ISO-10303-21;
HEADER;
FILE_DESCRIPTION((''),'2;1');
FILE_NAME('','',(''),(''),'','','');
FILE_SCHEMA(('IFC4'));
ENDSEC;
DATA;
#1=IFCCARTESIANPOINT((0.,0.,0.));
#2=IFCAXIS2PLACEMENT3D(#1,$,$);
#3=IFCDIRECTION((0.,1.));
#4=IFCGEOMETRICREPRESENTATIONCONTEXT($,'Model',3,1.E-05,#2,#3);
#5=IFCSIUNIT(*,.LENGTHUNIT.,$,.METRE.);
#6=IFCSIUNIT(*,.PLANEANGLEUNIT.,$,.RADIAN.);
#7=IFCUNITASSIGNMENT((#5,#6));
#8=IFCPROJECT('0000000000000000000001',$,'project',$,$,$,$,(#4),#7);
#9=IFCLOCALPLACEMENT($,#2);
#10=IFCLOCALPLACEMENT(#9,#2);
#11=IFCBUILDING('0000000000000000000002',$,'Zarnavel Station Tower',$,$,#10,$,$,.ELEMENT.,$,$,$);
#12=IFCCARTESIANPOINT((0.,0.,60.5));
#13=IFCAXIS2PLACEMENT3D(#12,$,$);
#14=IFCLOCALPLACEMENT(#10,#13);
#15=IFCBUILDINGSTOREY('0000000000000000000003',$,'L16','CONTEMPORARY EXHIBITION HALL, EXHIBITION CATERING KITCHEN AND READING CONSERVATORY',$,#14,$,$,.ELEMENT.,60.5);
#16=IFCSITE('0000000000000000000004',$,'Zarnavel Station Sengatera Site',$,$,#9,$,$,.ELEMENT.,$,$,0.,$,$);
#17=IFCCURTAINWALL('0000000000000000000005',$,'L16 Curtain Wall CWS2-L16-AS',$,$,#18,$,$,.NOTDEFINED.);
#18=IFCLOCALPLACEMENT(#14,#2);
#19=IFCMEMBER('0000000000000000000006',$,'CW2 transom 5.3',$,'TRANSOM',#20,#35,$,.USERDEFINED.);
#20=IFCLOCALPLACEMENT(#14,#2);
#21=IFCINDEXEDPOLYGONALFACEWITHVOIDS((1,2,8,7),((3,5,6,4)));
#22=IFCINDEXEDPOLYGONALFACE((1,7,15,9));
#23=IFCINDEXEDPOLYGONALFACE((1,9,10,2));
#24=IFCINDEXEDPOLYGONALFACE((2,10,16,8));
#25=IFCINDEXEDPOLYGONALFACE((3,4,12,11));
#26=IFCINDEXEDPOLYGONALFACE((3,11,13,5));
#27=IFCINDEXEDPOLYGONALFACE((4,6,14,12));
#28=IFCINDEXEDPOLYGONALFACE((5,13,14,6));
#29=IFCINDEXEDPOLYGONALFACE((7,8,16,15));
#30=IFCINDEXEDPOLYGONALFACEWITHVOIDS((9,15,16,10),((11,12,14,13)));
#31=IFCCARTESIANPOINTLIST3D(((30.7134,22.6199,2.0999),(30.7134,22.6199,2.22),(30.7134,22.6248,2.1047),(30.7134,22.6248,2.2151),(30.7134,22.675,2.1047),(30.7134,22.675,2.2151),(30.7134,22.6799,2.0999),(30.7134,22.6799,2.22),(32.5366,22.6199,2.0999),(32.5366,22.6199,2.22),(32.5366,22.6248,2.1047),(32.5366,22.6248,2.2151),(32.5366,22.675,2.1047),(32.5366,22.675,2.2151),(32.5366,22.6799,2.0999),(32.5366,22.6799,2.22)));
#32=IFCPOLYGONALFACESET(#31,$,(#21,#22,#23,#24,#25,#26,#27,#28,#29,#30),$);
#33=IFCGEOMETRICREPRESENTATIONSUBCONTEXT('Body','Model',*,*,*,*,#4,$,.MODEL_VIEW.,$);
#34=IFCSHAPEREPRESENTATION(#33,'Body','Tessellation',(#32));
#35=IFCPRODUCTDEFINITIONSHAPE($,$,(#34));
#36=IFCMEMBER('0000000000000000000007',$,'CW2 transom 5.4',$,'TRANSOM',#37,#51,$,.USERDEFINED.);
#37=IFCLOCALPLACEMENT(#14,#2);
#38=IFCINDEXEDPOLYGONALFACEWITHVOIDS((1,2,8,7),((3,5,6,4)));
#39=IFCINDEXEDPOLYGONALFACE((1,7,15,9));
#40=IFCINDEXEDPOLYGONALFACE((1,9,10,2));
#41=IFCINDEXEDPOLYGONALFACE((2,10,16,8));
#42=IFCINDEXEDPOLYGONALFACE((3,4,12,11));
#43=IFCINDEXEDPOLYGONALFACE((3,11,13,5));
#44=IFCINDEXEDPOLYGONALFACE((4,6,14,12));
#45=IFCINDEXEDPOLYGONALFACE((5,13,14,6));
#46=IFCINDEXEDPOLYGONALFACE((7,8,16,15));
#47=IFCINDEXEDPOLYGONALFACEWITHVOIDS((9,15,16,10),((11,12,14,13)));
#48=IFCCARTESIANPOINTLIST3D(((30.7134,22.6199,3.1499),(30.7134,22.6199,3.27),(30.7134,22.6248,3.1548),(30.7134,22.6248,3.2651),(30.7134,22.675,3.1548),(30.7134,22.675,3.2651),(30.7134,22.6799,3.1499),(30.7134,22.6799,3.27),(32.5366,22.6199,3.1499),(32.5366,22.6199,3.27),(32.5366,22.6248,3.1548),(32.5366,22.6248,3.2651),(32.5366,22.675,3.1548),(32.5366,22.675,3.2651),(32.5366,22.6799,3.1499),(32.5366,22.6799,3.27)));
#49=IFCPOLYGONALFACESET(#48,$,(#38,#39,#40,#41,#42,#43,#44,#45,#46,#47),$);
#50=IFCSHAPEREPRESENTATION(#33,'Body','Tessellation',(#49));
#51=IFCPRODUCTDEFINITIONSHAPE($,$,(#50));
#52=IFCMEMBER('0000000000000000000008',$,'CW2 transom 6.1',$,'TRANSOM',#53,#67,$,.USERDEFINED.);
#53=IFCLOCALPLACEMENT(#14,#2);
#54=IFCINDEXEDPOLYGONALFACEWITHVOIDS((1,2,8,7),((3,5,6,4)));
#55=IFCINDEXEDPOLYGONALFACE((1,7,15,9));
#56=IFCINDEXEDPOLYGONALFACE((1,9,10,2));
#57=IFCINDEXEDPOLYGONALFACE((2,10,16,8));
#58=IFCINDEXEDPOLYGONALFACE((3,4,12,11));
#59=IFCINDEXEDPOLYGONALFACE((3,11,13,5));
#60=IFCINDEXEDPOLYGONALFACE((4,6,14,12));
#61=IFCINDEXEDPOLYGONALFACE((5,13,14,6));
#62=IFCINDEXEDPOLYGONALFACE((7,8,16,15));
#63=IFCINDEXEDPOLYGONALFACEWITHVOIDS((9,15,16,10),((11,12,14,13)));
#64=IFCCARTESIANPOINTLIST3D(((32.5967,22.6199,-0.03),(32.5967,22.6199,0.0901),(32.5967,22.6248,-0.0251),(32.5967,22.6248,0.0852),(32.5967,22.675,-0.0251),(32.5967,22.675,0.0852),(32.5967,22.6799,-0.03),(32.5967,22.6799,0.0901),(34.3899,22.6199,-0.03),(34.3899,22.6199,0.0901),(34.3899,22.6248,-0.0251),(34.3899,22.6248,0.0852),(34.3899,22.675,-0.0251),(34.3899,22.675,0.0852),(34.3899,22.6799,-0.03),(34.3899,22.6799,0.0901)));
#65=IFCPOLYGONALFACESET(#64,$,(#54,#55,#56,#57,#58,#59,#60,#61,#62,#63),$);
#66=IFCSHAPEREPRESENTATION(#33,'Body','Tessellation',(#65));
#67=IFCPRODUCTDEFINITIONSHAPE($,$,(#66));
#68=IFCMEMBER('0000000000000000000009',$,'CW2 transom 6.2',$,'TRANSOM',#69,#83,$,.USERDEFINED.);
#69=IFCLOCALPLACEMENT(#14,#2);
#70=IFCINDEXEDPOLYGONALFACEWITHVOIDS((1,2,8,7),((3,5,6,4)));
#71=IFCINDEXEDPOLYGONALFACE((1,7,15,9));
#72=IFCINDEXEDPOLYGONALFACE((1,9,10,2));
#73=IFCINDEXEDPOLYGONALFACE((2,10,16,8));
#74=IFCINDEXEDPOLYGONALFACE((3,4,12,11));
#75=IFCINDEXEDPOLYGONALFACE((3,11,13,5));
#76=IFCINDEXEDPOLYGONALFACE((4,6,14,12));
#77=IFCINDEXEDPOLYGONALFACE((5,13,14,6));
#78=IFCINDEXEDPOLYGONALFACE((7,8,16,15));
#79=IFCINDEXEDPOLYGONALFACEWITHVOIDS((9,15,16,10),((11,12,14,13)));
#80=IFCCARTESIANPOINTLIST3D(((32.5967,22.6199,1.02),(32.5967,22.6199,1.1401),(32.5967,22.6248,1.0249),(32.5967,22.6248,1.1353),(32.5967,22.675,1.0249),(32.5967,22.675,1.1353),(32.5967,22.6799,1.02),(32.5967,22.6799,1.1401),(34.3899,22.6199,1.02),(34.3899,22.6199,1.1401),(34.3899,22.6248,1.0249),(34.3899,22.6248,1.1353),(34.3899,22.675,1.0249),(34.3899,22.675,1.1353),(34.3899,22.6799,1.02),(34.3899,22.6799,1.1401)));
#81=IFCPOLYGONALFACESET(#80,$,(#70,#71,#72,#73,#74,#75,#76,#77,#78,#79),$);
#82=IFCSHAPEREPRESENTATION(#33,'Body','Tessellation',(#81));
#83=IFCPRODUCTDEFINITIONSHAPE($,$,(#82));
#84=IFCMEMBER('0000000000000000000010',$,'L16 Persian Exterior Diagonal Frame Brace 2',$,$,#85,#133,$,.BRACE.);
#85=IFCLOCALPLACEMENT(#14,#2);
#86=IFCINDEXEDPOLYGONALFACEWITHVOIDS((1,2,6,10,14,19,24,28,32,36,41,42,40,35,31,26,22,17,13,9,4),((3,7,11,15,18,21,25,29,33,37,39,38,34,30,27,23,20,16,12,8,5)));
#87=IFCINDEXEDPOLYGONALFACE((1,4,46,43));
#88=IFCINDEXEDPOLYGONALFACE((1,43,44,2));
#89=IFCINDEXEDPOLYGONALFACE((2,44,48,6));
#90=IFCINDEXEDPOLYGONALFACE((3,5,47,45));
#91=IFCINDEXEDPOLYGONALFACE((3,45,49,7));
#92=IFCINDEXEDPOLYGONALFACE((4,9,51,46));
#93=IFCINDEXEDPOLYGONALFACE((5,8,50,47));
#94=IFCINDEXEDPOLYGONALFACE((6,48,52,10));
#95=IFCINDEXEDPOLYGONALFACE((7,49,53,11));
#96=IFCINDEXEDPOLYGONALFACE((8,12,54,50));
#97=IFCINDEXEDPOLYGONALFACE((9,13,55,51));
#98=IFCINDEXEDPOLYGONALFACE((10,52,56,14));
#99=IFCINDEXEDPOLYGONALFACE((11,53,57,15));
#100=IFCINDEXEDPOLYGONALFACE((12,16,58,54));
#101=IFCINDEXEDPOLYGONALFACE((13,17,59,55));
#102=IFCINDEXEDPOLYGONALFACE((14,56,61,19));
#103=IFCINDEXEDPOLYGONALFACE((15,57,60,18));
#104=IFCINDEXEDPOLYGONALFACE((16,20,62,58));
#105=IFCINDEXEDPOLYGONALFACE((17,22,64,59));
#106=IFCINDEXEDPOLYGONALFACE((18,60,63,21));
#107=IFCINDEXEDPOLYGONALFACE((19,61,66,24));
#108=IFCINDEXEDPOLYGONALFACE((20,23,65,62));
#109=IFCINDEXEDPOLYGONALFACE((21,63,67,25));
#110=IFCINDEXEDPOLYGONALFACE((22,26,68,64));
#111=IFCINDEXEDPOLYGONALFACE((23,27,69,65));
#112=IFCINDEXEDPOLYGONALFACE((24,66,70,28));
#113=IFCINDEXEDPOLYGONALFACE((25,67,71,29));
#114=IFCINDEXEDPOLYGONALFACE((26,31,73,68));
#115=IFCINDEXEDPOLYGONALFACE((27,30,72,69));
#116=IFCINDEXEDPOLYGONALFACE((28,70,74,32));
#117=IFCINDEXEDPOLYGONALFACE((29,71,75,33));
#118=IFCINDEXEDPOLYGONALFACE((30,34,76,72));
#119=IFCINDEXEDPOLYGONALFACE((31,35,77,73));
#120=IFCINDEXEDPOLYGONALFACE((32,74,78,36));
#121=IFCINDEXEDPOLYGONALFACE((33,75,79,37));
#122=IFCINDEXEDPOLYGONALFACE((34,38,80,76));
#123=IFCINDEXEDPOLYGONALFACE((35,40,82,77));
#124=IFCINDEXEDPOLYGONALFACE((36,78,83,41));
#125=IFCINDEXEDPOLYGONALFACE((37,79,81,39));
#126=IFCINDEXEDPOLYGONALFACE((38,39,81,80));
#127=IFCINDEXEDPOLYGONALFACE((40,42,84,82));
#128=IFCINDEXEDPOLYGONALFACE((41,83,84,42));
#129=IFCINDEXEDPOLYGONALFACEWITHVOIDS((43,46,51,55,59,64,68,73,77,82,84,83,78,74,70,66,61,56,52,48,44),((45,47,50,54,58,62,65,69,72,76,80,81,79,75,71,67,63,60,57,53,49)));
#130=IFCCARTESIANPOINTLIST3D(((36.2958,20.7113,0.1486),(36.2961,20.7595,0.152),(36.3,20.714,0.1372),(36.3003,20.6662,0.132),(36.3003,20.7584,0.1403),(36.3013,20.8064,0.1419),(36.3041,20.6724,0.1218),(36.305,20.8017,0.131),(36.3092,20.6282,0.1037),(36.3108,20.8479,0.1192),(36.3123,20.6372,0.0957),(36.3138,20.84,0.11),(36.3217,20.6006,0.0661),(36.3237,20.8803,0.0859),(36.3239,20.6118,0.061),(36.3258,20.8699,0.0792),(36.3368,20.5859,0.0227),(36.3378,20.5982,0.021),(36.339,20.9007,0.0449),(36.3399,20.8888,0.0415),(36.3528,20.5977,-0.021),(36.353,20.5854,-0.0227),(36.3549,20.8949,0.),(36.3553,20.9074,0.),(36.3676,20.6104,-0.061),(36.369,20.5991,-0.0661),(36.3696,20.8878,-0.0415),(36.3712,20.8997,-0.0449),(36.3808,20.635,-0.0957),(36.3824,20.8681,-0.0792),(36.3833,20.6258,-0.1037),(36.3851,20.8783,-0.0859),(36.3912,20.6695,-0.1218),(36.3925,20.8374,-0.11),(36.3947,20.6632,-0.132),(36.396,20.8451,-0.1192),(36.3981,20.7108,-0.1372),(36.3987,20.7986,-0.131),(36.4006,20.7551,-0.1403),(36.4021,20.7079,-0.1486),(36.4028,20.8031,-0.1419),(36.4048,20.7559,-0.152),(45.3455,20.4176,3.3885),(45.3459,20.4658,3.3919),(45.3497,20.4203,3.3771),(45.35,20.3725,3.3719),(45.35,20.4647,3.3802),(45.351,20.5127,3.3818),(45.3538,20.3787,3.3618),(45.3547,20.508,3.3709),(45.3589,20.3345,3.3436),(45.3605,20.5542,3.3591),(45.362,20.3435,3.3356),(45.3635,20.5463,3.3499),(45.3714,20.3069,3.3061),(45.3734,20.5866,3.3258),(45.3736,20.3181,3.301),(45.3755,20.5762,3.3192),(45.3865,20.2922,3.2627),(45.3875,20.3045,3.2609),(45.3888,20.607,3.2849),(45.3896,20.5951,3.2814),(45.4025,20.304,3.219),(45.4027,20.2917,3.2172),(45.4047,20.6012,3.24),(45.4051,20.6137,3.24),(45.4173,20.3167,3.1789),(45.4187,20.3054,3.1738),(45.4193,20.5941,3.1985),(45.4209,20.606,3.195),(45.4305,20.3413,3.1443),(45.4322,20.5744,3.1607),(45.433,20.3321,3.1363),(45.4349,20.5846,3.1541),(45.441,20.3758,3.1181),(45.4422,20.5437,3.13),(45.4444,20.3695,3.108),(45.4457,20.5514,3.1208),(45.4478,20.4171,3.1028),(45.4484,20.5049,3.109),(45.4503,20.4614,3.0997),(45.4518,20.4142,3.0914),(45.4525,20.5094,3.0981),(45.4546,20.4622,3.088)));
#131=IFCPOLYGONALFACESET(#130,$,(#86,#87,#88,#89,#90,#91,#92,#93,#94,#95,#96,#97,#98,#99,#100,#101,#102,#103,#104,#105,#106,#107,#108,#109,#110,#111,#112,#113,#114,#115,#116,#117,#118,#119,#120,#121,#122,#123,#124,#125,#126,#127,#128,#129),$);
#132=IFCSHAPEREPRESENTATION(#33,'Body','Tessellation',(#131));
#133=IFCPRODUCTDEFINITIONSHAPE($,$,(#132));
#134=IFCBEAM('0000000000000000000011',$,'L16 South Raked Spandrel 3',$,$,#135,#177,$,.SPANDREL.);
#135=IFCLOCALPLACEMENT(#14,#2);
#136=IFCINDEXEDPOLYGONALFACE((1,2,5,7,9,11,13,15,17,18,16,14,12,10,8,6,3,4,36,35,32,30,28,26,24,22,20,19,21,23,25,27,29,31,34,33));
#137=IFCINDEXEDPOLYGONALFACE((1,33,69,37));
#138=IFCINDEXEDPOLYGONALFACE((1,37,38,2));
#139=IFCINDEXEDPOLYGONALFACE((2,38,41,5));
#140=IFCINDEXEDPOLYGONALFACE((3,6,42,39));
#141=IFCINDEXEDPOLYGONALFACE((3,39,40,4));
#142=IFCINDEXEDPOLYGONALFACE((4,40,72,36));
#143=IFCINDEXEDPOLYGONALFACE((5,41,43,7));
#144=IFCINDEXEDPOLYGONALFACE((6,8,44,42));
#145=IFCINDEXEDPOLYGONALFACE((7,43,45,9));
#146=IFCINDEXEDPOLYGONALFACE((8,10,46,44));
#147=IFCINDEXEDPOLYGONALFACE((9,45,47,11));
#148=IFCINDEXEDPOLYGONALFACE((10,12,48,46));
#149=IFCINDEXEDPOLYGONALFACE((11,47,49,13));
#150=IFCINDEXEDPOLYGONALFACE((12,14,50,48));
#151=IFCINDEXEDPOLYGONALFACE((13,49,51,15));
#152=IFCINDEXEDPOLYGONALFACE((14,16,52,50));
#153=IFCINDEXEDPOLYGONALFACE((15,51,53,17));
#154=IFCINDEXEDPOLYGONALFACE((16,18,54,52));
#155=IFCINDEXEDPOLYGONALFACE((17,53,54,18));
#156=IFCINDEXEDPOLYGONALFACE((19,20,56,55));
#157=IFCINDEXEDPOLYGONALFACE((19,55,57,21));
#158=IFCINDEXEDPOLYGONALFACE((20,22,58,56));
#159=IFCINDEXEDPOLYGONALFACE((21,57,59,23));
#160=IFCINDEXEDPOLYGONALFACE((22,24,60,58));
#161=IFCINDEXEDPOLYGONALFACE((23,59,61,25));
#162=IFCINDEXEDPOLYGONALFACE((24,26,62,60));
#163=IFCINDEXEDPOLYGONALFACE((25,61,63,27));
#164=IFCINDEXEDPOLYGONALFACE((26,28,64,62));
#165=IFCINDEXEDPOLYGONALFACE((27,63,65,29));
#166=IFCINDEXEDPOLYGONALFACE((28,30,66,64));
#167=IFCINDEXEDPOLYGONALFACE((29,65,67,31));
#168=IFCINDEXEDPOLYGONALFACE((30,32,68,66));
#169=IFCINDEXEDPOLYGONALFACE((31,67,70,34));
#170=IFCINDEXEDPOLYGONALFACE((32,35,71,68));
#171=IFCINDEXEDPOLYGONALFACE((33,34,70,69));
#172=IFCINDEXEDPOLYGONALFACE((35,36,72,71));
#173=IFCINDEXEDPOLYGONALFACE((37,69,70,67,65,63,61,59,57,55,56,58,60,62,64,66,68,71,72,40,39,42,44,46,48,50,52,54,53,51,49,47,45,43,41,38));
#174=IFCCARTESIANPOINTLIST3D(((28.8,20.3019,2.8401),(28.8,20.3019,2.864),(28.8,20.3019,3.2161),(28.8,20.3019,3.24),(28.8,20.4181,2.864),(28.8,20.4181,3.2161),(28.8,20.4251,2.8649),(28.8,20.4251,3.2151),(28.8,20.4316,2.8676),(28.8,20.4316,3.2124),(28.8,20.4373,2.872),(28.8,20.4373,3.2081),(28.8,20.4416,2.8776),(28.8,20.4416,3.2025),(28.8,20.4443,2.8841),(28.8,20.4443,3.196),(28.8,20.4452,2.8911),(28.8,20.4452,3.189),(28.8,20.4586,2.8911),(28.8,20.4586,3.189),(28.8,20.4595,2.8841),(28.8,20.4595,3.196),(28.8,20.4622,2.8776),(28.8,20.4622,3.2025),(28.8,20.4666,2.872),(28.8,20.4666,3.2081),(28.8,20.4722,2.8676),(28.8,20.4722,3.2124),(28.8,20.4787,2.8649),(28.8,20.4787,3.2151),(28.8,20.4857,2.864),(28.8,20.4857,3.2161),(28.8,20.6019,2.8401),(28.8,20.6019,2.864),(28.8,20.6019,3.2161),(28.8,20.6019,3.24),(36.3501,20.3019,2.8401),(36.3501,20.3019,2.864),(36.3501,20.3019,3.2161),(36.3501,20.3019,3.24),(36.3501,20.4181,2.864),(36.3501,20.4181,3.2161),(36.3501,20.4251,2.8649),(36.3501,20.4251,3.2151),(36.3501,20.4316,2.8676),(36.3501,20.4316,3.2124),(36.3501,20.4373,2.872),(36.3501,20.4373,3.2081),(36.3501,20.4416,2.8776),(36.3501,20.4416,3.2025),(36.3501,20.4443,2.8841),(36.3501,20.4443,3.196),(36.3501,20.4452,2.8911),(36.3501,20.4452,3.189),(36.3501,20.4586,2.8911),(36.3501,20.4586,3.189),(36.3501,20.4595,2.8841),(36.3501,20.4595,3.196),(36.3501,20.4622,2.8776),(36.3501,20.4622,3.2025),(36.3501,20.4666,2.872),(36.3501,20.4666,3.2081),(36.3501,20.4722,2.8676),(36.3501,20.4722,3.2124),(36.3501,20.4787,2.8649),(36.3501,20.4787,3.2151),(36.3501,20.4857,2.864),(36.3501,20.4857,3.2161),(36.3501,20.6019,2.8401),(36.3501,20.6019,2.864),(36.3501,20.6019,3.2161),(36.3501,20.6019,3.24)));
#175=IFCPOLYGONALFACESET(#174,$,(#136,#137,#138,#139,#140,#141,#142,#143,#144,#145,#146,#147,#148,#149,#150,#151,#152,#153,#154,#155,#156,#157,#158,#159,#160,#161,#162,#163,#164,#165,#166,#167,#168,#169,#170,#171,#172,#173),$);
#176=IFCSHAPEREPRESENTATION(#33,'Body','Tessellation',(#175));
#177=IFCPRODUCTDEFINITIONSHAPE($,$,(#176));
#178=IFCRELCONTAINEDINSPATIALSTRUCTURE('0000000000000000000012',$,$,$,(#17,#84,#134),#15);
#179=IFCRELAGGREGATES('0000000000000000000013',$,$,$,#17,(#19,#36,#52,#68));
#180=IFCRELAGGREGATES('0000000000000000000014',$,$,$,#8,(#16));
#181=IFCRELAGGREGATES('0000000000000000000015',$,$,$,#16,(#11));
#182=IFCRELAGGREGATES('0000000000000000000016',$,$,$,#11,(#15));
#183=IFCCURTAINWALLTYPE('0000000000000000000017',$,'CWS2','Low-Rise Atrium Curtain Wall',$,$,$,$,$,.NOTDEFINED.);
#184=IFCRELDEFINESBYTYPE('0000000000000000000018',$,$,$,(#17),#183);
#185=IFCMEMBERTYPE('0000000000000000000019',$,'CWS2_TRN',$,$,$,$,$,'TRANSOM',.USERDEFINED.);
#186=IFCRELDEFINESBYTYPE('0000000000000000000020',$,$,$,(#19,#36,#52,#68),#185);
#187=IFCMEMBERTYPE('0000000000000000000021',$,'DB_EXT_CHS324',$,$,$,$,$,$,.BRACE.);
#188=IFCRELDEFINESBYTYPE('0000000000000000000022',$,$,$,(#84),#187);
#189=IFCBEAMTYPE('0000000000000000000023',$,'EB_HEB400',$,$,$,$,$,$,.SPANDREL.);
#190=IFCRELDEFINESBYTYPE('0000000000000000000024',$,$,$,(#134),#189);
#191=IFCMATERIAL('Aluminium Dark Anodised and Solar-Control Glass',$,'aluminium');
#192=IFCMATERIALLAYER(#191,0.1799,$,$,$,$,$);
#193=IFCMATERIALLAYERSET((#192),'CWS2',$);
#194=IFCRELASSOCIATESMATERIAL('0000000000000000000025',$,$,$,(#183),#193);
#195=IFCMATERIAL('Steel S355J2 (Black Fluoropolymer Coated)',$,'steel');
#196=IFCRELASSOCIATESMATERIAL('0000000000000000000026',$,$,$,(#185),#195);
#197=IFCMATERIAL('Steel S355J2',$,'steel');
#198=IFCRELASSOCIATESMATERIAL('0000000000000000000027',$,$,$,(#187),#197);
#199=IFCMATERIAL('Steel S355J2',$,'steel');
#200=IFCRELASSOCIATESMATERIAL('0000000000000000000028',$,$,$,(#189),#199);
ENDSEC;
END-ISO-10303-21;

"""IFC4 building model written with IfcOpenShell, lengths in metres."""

from ifc_helpers import new_model, si_unit, direction, frame, origin, origin_2d, place, context, subcontext, project, spatial, hollow_rectangle, hollow_circle, i_section, extrude, material, layer, layer_set, material_profile, profile_set, type_object, element, aggregate, save


model = new_model("IFC4")

# Units and contexts
model_context = context("Model", 3, precision=1e-05, world=origin(), true_north=direction((0.0, 1.0)))
body_context = subcontext(model_context, "Body", "Model", "MODEL_VIEW")
ifc_project = project(units=[si_unit("LENGTHUNIT", "METRE"), si_unit("PLANEANGLEUNIT", "RADIAN")], contexts=[model_context])

# Site, building, storey
site_placement = place(None, origin())
site = spatial("IfcSite", under=ifc_project, at=site_placement, Name="Zarnavel Station Sengatera Site", CompositionType="ELEMENT", RefElevation=0.0)
building_placement = place(site_placement, origin())
building = spatial("IfcBuilding", under=site, at=building_placement, Name="Zarnavel Station Tower", CompositionType="ELEMENT")
storey_placement = place(building_placement, frame((0.0, 0.0, 60.5)))
storey = spatial("IfcBuildingStorey", under=building, at=storey_placement, Name="L16", Description="CONTEMPORARY EXHIBITION HALL, EXHIBITION CATERING KITCHEN AND READING CONSERVATORY", CompositionType="ELEMENT", Elevation=60.5)

# Curtain wall, members
ifc_material_1 = material(Name="Aluminium Dark Anodised and Solar-Control Glass", Category="aluminium")
ifc_layer_1 = layer(ifc_material_1, 0.1799)
ifc_layer_set_1 = layer_set([ifc_layer_1], Name="CWS2")
curtain_wall_type = type_object("IfcCurtainWallType", Name="CWS2", Description="Low-Rise Atrium Curtain Wall", PredefinedType="NOTDEFINED", material=ifc_layer_set_1)
curtain_wall_placement = place(storey_placement, origin())
curtain_wall = element("IfcCurtainWall", 1, at=curtain_wall_placement, inside=storey, type_object=curtain_wall_type, Name="L16 Curtain Wall CWS2-L16-AS", PredefinedType="NOTDEFINED")
ifc_material_2 = material(Name="Steel S355J2 (Black Fluoropolymer Coated)", Category="steel")
ifc_material_profile_1 = material_profile(ifc_material_2, hollow_rectangle(XDim=0.0601, YDim=0.1201, WallThickness=0.0049, at=origin_2d()), Name="RHS120x60x5")
ifc_profile_set_1 = profile_set([ifc_material_profile_1], Name="Steel S355J2 (Black Fluoropolymer Coated)")
member_type_1 = type_object("IfcMemberType", Name="CWS2_TRN", ElementType="TRANSOM", PredefinedType="USERDEFINED", material=ifc_profile_set_1)
member_1_placement = place(storey_placement, frame((30.7134, 22.6499, 2.1599), z_axis=(1.0, 0.0, 0.0), x_axis=(0.0, 1.0, 0.0)))
member_1 = element("IfcMember", 2, at=member_1_placement, type_object=member_type_1, Name="CW2 transom 5.3", ObjectType="TRANSOM", PredefinedType="USERDEFINED", context=body_context, shape_type="SweptSolid", body=[
    extrude(hollow_rectangle(XDim=0.0601, YDim=0.1201, WallThickness=0.0049, at=origin_2d()), origin(), (0.0, 0.0, 1.0), 1.8232),
])
member_2_placement = place(storey_placement, frame((30.7134, 22.6499, 3.21), z_axis=(1.0, 0.0, 0.0), x_axis=(0.0, 1.0, 0.0)))
member_2 = element("IfcMember", 3, at=member_2_placement, type_object=member_type_1, Name="CW2 transom 5.4", ObjectType="TRANSOM", PredefinedType="USERDEFINED", context=body_context, shape_type="SweptSolid", body=[
    extrude(hollow_rectangle(XDim=0.0601, YDim=0.1201, WallThickness=0.0049, at=origin_2d()), origin(), (0.0, 0.0, 1.0), 1.8232),
])
member_3_placement = place(storey_placement, frame((32.5967, 22.6499, 0.03), z_axis=(1.0, 0.0, 0.0), x_axis=(0.0, 1.0, 0.0)))
member_3 = element("IfcMember", 4, at=member_3_placement, type_object=member_type_1, Name="CW2 transom 6.1", ObjectType="TRANSOM", PredefinedType="USERDEFINED", context=body_context, shape_type="SweptSolid", body=[
    extrude(hollow_rectangle(XDim=0.0601, YDim=0.1201, WallThickness=0.0049, at=origin_2d()), origin(), (0.0, 0.0, 1.0), 1.7932),
])
member_4_placement = place(storey_placement, frame((32.5967, 22.6499, 1.0801), z_axis=(1.0, 0.0, 0.0), x_axis=(0.0, 1.0, 0.0)))
member_4 = element("IfcMember", 5, at=member_4_placement, type_object=member_type_1, Name="CW2 transom 6.2", ObjectType="TRANSOM", PredefinedType="USERDEFINED", context=body_context, shape_type="SweptSolid", body=[
    extrude(hollow_rectangle(XDim=0.0601, YDim=0.1201, WallThickness=0.0049, at=origin_2d()), origin(), (0.0, 0.0, 1.0), 1.7932),
])

# Member
ifc_material_3 = material(Name="Steel S355J2", Category="steel")
ifc_material_profile_2 = material_profile(ifc_material_3, hollow_circle(Radius=0.1619, WallThickness=0.0125, at=origin_2d()), Name="CHS323.9x12.5")
ifc_profile_set_2 = profile_set([ifc_material_profile_2], Name="Steel S355J2")
member_type_2 = type_object("IfcMemberType", Name="DB_EXT_CHS324", PredefinedType="BRACE", material=ifc_profile_set_2)
member_5_placement = place(storey_placement, frame((36.3501, 20.7456, 0.0), z_axis=(0.941042, -0.03054, 0.33691), x_axis=(0.032437, 0.999474, 0.0)))
element("IfcMember", 6, at=member_5_placement, inside=storey, type_object=member_type_2, Name="L16 Persian Exterior Diagonal Frame Brace 2", PredefinedType="BRACE", context=body_context, shape_type="SweptSolid", body=[
    extrude(hollow_circle(Radius=0.1619, WallThickness=0.0125, at=origin_2d()), origin(), (0.0, 0.0, 1.0), 9.6167),
])

# Beam
ifc_material_4 = material(Name="Steel S355J2", Category="steel")
ifc_material_profile_3 = material_profile(ifc_material_4, i_section(OverallWidth=0.3, OverallDepth=0.3999, WebThickness=0.0134, FlangeThickness=0.0239, FilletRadius=0.0271, at=origin_2d()), Name="HEB400")
ifc_profile_set_3 = profile_set([ifc_material_profile_3], Name="Steel S355J2")
beam_type_1 = type_object("IfcBeamType", Name="EB_HEB400", PredefinedType="SPANDREL", material=ifc_profile_set_3)
beam_1_placement = place(storey_placement, frame((28.8, 20.4519, 3.04), z_axis=(1.0, 0.0, 0.0), x_axis=(0.0, 1.0, 0.0)))
element("IfcBeam", 7, at=beam_1_placement, inside=storey, type_object=beam_type_1, Name="L16 South Raked Spandrel 3", PredefinedType="SPANDREL", context=body_context, shape_type="SweptSolid", body=[
    extrude(i_section(OverallWidth=0.3, OverallDepth=0.3999, WebThickness=0.0134, FlangeThickness=0.0239, FilletRadius=0.0271, at=origin_2d()), origin(), (0.0, 0.0, 1.0), 7.55),
])

aggregate(curtain_wall, [member_1, member_2, member_3, member_4])

save(model, "model.ifc")
